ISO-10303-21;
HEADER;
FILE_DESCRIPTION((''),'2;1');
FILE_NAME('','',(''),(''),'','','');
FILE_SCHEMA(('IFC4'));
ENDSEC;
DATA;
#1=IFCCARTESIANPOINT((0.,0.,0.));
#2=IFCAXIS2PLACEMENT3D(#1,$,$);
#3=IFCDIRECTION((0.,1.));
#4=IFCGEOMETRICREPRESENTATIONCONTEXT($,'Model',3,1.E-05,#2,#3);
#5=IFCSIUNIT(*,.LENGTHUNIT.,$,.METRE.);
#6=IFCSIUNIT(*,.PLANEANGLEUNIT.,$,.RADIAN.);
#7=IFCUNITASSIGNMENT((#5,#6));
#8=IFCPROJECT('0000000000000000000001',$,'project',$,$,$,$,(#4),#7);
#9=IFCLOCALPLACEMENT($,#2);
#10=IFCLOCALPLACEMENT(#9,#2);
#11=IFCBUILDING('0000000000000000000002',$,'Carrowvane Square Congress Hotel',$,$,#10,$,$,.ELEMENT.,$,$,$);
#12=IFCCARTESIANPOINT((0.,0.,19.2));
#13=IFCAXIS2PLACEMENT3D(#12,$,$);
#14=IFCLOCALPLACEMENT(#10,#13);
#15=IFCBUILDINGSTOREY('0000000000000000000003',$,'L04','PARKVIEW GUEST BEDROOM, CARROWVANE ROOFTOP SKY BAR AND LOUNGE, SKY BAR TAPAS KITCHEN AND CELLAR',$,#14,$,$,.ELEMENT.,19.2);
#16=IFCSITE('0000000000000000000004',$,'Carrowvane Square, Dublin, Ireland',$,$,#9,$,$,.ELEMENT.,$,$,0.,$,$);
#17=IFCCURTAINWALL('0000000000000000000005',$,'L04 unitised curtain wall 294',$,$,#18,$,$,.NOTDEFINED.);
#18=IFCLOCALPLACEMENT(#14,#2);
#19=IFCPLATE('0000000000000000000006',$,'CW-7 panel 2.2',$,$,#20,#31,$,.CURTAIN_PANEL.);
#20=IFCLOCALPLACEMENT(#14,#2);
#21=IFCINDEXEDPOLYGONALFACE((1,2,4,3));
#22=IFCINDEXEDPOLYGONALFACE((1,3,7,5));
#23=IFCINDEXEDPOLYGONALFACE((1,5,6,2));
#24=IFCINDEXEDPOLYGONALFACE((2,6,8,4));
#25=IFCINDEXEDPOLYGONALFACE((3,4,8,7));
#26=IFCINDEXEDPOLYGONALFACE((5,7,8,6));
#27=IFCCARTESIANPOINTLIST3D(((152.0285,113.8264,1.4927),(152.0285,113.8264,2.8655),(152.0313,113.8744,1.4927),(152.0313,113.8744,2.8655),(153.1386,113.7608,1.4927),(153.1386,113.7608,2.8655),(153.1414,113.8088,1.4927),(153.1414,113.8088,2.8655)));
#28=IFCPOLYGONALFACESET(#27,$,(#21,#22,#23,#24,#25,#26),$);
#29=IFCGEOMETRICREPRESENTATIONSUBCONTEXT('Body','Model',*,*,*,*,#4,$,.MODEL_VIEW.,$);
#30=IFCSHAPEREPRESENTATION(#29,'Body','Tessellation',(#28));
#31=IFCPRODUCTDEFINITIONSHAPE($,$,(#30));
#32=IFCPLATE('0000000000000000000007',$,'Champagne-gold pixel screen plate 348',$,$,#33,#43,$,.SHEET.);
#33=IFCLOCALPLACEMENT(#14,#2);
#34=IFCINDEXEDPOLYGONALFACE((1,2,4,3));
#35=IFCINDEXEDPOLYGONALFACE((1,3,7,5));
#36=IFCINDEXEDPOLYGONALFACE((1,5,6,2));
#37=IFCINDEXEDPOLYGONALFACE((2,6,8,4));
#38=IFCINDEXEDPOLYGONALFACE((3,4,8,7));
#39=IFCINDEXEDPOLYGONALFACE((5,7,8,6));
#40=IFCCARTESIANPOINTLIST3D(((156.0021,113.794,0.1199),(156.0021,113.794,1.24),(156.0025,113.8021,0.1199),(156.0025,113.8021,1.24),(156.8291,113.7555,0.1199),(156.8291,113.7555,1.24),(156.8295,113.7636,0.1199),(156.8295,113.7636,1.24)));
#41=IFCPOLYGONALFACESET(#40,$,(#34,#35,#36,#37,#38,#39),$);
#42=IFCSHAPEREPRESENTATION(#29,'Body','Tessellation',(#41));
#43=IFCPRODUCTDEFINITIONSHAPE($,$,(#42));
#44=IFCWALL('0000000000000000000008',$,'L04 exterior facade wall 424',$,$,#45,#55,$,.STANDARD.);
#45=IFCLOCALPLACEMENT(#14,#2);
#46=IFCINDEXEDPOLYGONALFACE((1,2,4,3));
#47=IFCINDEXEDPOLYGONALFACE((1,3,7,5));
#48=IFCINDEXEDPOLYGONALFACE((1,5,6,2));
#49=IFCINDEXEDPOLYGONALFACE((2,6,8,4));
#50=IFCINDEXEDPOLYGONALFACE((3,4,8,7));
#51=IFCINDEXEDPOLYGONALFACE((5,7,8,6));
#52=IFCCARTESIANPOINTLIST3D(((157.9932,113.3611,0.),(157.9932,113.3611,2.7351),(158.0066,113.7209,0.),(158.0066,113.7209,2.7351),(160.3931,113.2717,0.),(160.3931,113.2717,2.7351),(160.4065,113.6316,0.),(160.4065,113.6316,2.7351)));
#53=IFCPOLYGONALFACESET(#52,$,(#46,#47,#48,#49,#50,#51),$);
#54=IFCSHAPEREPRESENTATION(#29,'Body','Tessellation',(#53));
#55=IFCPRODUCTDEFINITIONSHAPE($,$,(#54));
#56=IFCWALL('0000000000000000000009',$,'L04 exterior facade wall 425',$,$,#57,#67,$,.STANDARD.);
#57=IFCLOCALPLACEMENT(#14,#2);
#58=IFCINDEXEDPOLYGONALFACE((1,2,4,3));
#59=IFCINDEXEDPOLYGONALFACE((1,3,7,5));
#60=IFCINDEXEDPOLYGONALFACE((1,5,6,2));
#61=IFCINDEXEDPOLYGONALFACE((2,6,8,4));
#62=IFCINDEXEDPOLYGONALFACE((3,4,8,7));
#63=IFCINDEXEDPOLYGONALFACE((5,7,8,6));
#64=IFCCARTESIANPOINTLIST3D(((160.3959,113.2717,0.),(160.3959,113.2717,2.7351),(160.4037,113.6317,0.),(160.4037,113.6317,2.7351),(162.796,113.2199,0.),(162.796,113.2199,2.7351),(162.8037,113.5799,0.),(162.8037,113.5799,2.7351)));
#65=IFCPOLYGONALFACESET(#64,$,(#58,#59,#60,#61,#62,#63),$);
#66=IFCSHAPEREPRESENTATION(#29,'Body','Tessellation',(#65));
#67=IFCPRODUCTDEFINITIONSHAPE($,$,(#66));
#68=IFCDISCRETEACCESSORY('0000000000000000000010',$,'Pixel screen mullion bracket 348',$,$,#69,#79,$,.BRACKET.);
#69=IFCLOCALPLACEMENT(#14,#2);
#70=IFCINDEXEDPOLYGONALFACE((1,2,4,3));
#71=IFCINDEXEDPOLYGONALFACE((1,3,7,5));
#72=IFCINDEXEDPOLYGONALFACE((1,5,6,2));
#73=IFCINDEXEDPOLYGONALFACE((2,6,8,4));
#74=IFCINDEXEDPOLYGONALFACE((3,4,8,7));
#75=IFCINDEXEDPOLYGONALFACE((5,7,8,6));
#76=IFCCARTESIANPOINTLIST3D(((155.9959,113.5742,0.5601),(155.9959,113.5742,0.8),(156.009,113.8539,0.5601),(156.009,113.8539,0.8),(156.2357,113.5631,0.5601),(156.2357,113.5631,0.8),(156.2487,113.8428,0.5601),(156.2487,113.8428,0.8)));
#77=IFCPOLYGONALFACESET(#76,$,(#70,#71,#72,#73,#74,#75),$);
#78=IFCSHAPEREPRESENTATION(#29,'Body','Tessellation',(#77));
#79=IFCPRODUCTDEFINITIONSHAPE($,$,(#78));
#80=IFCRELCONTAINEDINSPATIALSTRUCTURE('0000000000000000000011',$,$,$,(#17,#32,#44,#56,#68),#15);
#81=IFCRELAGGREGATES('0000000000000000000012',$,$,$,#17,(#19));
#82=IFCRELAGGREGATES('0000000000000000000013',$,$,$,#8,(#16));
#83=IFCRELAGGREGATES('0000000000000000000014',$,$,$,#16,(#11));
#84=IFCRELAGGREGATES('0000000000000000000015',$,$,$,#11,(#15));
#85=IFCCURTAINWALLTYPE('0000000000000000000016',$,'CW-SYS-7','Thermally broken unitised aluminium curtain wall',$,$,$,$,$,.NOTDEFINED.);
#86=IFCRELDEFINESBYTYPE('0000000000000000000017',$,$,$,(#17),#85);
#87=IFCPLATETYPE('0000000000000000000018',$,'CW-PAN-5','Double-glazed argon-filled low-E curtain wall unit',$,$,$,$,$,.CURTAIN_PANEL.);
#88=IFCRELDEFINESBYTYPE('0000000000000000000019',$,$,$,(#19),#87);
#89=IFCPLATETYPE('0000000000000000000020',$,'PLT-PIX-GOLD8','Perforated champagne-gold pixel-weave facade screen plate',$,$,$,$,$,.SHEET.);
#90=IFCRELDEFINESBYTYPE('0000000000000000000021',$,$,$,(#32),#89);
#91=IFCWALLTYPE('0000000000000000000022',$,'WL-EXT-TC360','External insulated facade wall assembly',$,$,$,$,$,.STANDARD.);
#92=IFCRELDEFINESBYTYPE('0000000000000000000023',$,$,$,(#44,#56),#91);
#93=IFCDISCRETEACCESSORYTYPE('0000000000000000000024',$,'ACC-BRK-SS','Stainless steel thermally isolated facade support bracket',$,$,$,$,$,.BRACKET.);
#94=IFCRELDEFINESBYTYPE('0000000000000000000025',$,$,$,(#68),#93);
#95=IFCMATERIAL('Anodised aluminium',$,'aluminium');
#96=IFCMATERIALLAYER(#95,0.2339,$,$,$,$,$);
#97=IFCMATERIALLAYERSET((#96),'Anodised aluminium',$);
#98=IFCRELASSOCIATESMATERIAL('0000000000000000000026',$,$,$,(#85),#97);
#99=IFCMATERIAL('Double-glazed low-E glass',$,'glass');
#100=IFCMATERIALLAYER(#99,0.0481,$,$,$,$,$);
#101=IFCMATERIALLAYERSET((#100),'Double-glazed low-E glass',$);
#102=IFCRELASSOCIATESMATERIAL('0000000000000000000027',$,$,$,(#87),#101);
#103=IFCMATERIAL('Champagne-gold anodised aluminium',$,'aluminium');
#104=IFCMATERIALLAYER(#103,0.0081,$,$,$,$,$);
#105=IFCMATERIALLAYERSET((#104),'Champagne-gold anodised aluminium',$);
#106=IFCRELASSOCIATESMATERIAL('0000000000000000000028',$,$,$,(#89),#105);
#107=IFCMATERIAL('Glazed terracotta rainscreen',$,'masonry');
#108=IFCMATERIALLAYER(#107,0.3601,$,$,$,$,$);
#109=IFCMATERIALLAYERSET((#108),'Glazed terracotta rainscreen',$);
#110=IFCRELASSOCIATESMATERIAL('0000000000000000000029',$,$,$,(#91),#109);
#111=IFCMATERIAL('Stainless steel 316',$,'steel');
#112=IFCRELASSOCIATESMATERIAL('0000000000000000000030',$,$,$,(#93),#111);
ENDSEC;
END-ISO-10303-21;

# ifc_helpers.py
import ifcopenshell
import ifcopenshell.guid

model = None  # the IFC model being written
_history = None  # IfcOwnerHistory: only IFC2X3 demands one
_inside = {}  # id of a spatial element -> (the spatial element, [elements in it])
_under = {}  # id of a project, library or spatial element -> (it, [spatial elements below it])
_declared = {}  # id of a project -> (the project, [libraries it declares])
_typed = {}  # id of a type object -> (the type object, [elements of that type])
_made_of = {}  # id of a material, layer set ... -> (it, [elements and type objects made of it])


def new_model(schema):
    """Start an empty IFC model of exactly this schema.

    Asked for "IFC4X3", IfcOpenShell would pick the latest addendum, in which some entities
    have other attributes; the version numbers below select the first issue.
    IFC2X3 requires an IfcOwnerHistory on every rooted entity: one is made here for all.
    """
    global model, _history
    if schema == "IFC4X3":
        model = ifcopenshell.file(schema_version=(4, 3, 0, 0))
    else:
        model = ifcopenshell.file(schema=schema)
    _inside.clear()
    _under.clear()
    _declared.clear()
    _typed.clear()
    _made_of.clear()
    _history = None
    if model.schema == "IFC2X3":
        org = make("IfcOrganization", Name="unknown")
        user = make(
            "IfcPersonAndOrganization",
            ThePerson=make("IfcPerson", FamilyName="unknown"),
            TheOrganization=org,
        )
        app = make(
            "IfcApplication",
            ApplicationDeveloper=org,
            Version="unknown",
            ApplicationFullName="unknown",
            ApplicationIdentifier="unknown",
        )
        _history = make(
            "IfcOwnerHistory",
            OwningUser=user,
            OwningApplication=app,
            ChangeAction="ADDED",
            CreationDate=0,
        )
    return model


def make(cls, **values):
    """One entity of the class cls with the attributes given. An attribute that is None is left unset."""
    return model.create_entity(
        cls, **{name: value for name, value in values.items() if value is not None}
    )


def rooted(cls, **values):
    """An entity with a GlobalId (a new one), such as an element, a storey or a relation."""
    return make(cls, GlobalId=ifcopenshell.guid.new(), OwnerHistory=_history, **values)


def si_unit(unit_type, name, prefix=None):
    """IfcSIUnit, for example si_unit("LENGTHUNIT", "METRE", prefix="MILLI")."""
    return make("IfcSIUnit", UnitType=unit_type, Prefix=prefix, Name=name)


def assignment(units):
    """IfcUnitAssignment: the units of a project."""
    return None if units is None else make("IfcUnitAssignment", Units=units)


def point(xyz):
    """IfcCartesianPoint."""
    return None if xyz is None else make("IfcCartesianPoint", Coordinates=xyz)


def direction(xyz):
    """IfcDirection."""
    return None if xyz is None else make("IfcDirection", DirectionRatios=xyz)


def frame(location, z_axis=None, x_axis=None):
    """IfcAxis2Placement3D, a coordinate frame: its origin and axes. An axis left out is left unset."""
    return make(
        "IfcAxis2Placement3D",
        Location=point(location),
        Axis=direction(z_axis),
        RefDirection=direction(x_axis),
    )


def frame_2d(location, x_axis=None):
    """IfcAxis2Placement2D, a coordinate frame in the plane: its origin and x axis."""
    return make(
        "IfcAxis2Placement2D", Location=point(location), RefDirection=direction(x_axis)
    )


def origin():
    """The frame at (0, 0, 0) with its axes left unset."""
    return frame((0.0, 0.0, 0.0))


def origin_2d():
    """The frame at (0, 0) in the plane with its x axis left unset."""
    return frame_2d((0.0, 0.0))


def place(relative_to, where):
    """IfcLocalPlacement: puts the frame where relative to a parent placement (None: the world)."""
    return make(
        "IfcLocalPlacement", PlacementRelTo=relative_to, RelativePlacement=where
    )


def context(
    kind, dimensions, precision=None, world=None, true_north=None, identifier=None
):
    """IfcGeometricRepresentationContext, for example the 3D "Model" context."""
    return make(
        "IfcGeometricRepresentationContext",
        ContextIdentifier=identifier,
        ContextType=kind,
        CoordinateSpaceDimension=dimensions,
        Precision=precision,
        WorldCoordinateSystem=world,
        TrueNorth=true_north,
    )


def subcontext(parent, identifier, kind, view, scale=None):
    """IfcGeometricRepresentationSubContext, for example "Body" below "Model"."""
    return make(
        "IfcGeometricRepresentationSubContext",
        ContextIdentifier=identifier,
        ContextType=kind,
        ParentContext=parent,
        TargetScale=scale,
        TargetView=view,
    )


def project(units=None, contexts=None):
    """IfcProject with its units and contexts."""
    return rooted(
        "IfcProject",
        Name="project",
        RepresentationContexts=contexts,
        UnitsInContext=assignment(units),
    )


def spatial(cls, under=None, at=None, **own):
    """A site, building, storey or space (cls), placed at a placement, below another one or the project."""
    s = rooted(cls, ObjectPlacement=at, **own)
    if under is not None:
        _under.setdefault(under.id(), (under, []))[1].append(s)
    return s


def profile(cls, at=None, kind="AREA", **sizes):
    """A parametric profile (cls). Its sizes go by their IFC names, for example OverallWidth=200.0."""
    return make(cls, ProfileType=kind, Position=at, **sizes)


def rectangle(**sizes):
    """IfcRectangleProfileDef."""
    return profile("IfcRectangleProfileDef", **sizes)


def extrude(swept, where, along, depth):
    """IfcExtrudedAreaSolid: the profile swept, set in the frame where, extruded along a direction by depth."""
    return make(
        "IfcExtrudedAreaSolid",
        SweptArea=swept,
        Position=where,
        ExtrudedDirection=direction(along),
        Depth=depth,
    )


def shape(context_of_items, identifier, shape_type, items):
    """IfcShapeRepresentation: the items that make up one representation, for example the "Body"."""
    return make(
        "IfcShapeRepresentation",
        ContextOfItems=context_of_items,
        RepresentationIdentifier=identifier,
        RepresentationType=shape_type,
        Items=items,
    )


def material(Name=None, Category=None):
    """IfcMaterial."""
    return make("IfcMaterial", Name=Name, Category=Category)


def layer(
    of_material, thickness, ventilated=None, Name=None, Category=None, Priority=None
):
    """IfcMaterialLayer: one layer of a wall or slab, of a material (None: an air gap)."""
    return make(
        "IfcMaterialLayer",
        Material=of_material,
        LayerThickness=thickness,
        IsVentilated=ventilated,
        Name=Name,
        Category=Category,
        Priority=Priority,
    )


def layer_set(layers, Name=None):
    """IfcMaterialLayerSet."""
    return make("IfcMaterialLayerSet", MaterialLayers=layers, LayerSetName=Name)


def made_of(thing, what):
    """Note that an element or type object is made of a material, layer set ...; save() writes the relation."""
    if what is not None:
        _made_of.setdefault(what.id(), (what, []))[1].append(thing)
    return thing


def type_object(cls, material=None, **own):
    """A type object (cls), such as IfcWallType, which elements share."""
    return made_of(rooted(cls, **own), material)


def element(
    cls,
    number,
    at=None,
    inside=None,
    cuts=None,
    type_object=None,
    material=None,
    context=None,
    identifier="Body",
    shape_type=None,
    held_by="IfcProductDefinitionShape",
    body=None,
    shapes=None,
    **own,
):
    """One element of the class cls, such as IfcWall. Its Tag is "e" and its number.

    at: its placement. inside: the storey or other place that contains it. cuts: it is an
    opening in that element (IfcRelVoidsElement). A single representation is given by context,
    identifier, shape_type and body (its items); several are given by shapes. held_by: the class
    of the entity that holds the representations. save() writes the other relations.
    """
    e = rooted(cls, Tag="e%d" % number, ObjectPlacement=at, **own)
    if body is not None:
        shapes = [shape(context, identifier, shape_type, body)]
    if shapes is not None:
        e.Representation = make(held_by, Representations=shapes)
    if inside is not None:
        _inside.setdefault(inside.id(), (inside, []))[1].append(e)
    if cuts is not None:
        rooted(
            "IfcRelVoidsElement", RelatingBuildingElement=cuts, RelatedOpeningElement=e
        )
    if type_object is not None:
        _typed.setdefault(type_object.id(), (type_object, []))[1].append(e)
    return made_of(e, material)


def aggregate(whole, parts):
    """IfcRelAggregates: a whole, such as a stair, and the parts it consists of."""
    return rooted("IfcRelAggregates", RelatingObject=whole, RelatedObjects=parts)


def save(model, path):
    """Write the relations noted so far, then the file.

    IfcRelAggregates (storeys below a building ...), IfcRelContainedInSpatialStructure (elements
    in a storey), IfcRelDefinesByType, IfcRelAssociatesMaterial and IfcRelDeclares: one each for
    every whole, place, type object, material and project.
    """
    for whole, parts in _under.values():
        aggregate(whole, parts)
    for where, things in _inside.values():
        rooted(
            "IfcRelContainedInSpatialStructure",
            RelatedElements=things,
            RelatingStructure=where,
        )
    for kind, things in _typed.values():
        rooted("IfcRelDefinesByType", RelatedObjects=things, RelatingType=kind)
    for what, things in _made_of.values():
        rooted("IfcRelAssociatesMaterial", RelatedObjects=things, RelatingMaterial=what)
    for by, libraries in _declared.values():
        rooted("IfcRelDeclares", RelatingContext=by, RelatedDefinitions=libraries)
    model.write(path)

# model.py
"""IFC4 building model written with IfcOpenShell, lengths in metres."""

from ifc_helpers import new_model, si_unit, direction, frame, frame_2d, origin, origin_2d, place, context, subcontext, project, spatial, rectangle, extrude, material, layer, layer_set, type_object, element, aggregate, save


model = new_model("IFC4")

# Units and contexts
model_context = context("Model", 3, precision=1e-05, world=origin(), true_north=direction((0.0, 1.0)))
body_context = subcontext(model_context, "Body", "Model", "MODEL_VIEW")
ifc_project = project(units=[si_unit("LENGTHUNIT", "METRE"), si_unit("PLANEANGLEUNIT", "RADIAN")], contexts=[model_context])

# Site, building, storey
site_placement = place(None, origin())
site = spatial("IfcSite", under=ifc_project, at=site_placement, Name="Carrowvane Square, Dublin, Ireland", CompositionType="ELEMENT", RefElevation=0.0)
building_placement = place(site_placement, origin())
building = spatial("IfcBuilding", under=site, at=building_placement, Name="Carrowvane Square Congress Hotel", CompositionType="ELEMENT")
storey_placement = place(building_placement, frame((0.0, 0.0, 19.2)))
storey = spatial("IfcBuildingStorey", under=building, at=storey_placement, Name="L04", Description="PARKVIEW GUEST BEDROOM, CARROWVANE ROOFTOP SKY BAR AND LOUNGE, SKY BAR TAPAS KITCHEN AND CELLAR", CompositionType="ELEMENT", Elevation=19.2)

# Curtain wall
ifc_material_1 = material(Name="Anodised aluminium", Category="aluminium")
ifc_layer_1 = layer(ifc_material_1, 0.2339)
ifc_layer_set_1 = layer_set([ifc_layer_1], Name="Anodised aluminium")
curtain_wall_type_1 = type_object("IfcCurtainWallType", Name="CW-SYS-7", Description="Thermally broken unitised aluminium curtain wall", PredefinedType="NOTDEFINED", material=ifc_layer_set_1)
curtain_wall_1_placement = place(storey_placement, origin())
curtain_wall_1 = element("IfcCurtainWall", 1, at=curtain_wall_1_placement, inside=storey, type_object=curtain_wall_type_1, Name="L04 unitised curtain wall 294", PredefinedType="NOTDEFINED")

# Plates
ifc_material_2 = material(Name="Double-glazed low-E glass", Category="glass")
ifc_layer_2 = layer(ifc_material_2, 0.0481)
ifc_layer_set_2 = layer_set([ifc_layer_2], Name="Double-glazed low-E glass")
plate_type_1 = type_object("IfcPlateType", Name="CW-PAN-5", Description="Double-glazed argon-filled low-E curtain wall unit", PredefinedType="CURTAIN_PANEL", material=ifc_layer_set_2)
plate_1_placement = place(storey_placement, frame((152.585, 113.8176, 1.4927), z_axis=(0.0, 0.0, 1.0), x_axis=(0.998259, -0.058989, 0.0)))
plate_1 = element("IfcPlate", 2, at=plate_1_placement, type_object=plate_type_1, Name="CW-7 panel 2.2", PredefinedType="CURTAIN_PANEL", context=body_context, shape_type="SweptSolid", body=[
    extrude(rectangle(XDim=1.1121, YDim=0.0481, at=origin_2d()), origin(), (0.0, 0.0, 1.0), 1.3728),
])
aggregate(curtain_wall_1, [plate_1])
ifc_material_3 = material(Name="Champagne-gold anodised aluminium", Category="aluminium")
ifc_layer_3 = layer(ifc_material_3, 0.0081)
ifc_layer_set_3 = layer_set([ifc_layer_3], Name="Champagne-gold anodised aluminium")
plate_type_2 = type_object("IfcPlateType", Name="PLT-PIX-GOLD8", Description="Perforated champagne-gold pixel-weave facade screen plate", PredefinedType="SHEET", material=ifc_layer_set_3)
plate_2_placement = place(storey_placement, frame((156.4158, 113.7788, 0.1199), z_axis=(0.0, 0.0, 1.0), x_axis=(0.998917, -0.046521, 0.0)))
element("IfcPlate", 3, at=plate_2_placement, inside=storey, type_object=plate_type_2, Name="Champagne-gold pixel screen plate 348", PredefinedType="SHEET", context=body_context, shape_type="SweptSolid", body=[
    extrude(rectangle(XDim=0.8279, YDim=0.0081, at=origin_2d()), origin(), (0.0, 0.0, 1.0), 1.1201),
])

# Walls
ifc_material_4 = material(Name="Glazed terracotta rainscreen", Category="masonry")
ifc_layer_4 = layer(ifc_material_4, 0.3601)
ifc_layer_set_4 = layer_set([ifc_layer_4], Name="Glazed terracotta rainscreen")
wall_type = type_object("IfcWallType", Name="WL-EXT-TC360", Description="External insulated facade wall assembly", PredefinedType="STANDARD", material=ifc_layer_set_4)
wall_1_placement = place(storey_placement, frame((158.0, 113.541, 0.0), z_axis=(0.0, 0.0, 1.0), x_axis=(0.999308, -0.037207, 0.0)))
element("IfcWall", 4, at=wall_1_placement, inside=storey, type_object=wall_type, Name="L04 exterior facade wall 424", PredefinedType="STANDARD", context=body_context, shape_type="SweptSolid", body=[
    extrude(rectangle(XDim=2.4016, YDim=0.3601, at=frame_2d((1.2007, 0.0))), origin(), (0.0, 0.0, 1.0), 2.7351),
])
wall_2_placement = place(storey_placement, frame((160.3999, 113.4517, 0.0), z_axis=(0.0, 0.0, 1.0), x_axis=(0.999768, -0.021559, 0.0)))
element("IfcWall", 5, at=wall_2_placement, inside=storey, type_object=wall_type, Name="L04 exterior facade wall 425", PredefinedType="STANDARD", context=body_context, shape_type="SweptSolid", body=[
    extrude(rectangle(XDim=2.4006, YDim=0.3601, at=frame_2d((1.2002, 0.0))), origin(), (0.0, 0.0, 1.0), 2.7351),
])

# Discrete accessory
ifc_material_5 = material(Name="Stainless steel 316", Category="steel")
discrete_accessory_type = type_object("IfcDiscreteAccessoryType", Name="ACC-BRK-SS", Description="Stainless steel thermally isolated facade support bracket", PredefinedType="BRACKET", material=ifc_material_5)
discrete_accessory_placement = place(storey_placement, frame((156.1223, 113.7085, 0.5601), z_axis=(0.0, 0.0, 1.0), x_axis=(0.998917, -0.046521, 0.0)))
element("IfcDiscreteAccessory", 6, at=discrete_accessory_placement, inside=storey, type_object=discrete_accessory_type, Name="Pixel screen mullion bracket 348", PredefinedType="BRACKET", context=body_context, shape_type="SweptSolid", body=[
    extrude(rectangle(XDim=0.24, YDim=0.28, at=origin_2d()), origin(), (0.0, 0.0, 1.0), 0.24),
])

save(model, "model.ifc")
